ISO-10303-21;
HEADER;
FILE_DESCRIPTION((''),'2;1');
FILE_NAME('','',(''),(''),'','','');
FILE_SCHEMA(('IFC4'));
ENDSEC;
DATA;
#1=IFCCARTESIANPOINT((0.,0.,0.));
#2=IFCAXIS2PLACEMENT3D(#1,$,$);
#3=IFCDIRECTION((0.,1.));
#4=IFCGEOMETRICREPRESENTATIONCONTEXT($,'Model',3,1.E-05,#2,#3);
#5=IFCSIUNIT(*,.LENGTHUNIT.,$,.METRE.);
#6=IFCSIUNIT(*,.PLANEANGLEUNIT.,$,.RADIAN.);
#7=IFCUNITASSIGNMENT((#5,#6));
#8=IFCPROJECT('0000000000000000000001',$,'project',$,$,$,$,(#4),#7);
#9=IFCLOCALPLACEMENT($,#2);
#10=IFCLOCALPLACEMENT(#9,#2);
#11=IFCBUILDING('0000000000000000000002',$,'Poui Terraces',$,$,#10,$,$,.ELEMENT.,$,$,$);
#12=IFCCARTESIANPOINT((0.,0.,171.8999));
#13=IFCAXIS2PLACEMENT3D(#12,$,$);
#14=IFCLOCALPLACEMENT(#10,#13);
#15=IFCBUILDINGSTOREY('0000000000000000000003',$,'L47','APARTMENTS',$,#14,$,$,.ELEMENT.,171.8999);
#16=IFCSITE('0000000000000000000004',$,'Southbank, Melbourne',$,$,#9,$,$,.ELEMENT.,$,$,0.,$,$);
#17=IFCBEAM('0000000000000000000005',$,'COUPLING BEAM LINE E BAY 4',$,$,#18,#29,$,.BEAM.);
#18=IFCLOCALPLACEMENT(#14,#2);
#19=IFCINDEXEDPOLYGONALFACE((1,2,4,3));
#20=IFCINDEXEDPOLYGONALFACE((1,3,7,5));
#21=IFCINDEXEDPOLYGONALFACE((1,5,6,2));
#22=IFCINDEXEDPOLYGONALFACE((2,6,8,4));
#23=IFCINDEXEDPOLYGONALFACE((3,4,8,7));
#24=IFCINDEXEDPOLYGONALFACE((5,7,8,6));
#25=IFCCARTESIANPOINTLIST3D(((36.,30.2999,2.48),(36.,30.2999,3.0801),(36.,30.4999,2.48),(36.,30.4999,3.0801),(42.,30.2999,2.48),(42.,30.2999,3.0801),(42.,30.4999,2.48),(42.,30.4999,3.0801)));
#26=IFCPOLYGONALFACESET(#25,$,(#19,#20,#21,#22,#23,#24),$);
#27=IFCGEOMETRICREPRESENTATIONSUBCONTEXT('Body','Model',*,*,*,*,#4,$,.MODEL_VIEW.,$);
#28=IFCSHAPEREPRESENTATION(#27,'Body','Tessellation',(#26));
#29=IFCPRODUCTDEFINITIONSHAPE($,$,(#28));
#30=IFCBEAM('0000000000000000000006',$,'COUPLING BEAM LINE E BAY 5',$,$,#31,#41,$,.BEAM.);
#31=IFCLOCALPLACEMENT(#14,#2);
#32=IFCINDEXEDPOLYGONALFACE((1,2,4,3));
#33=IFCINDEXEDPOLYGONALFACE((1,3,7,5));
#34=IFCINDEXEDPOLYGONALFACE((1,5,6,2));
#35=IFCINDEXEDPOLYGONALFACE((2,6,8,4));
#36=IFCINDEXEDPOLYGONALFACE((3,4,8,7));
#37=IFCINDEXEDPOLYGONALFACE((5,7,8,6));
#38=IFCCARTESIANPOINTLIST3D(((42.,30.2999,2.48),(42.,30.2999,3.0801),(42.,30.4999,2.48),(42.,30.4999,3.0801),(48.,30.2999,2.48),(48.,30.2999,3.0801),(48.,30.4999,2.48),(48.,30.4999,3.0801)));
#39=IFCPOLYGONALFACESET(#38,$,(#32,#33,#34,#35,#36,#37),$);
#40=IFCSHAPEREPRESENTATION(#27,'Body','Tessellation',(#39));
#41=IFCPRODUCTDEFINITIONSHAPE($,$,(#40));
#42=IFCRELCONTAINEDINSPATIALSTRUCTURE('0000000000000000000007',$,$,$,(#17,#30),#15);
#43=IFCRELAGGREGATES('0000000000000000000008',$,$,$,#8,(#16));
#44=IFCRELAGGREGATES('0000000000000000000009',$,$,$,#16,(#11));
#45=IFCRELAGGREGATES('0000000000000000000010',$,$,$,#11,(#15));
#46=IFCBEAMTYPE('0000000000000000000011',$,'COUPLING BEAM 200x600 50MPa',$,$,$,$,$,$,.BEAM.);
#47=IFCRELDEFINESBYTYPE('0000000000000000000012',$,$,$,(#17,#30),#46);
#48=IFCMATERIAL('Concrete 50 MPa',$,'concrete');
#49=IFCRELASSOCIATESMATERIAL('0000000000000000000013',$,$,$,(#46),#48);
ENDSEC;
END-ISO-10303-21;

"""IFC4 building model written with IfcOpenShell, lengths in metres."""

from ifc_helpers import new_model, si_unit, direction, frame, origin, origin_2d, place, context, subcontext, project, spatial, rectangle, extrude, source, transform, mapped, material, material_profile, profile_set, type_object, element, save


model = new_model("IFC4")

# Units and contexts
model_context = context("Model", 3, precision=1e-05, world=origin(), true_north=direction((0.0, 1.0)))
body_context = subcontext(model_context, "Body", "Model", "MODEL_VIEW")
ifc_project = project(units=[si_unit("LENGTHUNIT", "METRE"), si_unit("PLANEANGLEUNIT", "RADIAN")], contexts=[model_context])

# Site, building, storey
site_placement = place(None, origin())
site = spatial("IfcSite", under=ifc_project, at=site_placement, Name="Southbank, Melbourne", CompositionType="ELEMENT", RefElevation=0.0)
building_placement = place(site_placement, origin())
building = spatial("IfcBuilding", under=site, at=building_placement, Name="Poui Terraces", CompositionType="ELEMENT")
storey_placement = place(building_placement, frame((0.0, 0.0, 171.8999)))
storey = spatial("IfcBuildingStorey", under=building, at=storey_placement, Name="L47", Description="APARTMENTS", CompositionType="ELEMENT", Elevation=171.8999)

# Beams
ifc_material_1 = material(Name="Concrete 50 MPa", Category="concrete")
ifc_material_profile = material_profile(ifc_material_1, rectangle(XDim=0.2, YDim=0.6001, at=origin_2d()), Name="RC 200x600")
ifc_profile_set = profile_set([ifc_material_profile], Name="Concrete 50 MPa")
beam_type = type_object("IfcBeamType", Name="COUPLING BEAM 200x600 50MPa", PredefinedType="BEAM", material=ifc_profile_set)
shared_shape = source(origin(), body_context, "Body", "SweptSolid", [
    extrude(rectangle(XDim=0.2, YDim=0.6001, at=origin_2d()), origin(), (0.0, 0.0, 1.0), 6.0),
])
for number, where, z_axis, x_axis, name in (
    (1, (36.0, 30.3999, 2.78), (1.0, 0.0, 0.0), (0.0, 1.0, 0.0), "COUPLING BEAM LINE E BAY 4"),
    (2, (42.0, 30.3999, 2.78), (1.0, 0.0, 0.0), (0.0, 1.0, 0.0), "COUPLING BEAM LINE E BAY 5"),
):
    element("IfcBeam", number, at=place(storey_placement, frame(where, z_axis=z_axis, x_axis=x_axis)), inside=storey, type_object=beam_type, Name=name, PredefinedType="BEAM", context=body_context, shape_type="MappedRepresentation", body=[
        mapped(shared_shape, transform((0.0, 0.0, 0.0))),
    ])

save(model, "model.ifc")
